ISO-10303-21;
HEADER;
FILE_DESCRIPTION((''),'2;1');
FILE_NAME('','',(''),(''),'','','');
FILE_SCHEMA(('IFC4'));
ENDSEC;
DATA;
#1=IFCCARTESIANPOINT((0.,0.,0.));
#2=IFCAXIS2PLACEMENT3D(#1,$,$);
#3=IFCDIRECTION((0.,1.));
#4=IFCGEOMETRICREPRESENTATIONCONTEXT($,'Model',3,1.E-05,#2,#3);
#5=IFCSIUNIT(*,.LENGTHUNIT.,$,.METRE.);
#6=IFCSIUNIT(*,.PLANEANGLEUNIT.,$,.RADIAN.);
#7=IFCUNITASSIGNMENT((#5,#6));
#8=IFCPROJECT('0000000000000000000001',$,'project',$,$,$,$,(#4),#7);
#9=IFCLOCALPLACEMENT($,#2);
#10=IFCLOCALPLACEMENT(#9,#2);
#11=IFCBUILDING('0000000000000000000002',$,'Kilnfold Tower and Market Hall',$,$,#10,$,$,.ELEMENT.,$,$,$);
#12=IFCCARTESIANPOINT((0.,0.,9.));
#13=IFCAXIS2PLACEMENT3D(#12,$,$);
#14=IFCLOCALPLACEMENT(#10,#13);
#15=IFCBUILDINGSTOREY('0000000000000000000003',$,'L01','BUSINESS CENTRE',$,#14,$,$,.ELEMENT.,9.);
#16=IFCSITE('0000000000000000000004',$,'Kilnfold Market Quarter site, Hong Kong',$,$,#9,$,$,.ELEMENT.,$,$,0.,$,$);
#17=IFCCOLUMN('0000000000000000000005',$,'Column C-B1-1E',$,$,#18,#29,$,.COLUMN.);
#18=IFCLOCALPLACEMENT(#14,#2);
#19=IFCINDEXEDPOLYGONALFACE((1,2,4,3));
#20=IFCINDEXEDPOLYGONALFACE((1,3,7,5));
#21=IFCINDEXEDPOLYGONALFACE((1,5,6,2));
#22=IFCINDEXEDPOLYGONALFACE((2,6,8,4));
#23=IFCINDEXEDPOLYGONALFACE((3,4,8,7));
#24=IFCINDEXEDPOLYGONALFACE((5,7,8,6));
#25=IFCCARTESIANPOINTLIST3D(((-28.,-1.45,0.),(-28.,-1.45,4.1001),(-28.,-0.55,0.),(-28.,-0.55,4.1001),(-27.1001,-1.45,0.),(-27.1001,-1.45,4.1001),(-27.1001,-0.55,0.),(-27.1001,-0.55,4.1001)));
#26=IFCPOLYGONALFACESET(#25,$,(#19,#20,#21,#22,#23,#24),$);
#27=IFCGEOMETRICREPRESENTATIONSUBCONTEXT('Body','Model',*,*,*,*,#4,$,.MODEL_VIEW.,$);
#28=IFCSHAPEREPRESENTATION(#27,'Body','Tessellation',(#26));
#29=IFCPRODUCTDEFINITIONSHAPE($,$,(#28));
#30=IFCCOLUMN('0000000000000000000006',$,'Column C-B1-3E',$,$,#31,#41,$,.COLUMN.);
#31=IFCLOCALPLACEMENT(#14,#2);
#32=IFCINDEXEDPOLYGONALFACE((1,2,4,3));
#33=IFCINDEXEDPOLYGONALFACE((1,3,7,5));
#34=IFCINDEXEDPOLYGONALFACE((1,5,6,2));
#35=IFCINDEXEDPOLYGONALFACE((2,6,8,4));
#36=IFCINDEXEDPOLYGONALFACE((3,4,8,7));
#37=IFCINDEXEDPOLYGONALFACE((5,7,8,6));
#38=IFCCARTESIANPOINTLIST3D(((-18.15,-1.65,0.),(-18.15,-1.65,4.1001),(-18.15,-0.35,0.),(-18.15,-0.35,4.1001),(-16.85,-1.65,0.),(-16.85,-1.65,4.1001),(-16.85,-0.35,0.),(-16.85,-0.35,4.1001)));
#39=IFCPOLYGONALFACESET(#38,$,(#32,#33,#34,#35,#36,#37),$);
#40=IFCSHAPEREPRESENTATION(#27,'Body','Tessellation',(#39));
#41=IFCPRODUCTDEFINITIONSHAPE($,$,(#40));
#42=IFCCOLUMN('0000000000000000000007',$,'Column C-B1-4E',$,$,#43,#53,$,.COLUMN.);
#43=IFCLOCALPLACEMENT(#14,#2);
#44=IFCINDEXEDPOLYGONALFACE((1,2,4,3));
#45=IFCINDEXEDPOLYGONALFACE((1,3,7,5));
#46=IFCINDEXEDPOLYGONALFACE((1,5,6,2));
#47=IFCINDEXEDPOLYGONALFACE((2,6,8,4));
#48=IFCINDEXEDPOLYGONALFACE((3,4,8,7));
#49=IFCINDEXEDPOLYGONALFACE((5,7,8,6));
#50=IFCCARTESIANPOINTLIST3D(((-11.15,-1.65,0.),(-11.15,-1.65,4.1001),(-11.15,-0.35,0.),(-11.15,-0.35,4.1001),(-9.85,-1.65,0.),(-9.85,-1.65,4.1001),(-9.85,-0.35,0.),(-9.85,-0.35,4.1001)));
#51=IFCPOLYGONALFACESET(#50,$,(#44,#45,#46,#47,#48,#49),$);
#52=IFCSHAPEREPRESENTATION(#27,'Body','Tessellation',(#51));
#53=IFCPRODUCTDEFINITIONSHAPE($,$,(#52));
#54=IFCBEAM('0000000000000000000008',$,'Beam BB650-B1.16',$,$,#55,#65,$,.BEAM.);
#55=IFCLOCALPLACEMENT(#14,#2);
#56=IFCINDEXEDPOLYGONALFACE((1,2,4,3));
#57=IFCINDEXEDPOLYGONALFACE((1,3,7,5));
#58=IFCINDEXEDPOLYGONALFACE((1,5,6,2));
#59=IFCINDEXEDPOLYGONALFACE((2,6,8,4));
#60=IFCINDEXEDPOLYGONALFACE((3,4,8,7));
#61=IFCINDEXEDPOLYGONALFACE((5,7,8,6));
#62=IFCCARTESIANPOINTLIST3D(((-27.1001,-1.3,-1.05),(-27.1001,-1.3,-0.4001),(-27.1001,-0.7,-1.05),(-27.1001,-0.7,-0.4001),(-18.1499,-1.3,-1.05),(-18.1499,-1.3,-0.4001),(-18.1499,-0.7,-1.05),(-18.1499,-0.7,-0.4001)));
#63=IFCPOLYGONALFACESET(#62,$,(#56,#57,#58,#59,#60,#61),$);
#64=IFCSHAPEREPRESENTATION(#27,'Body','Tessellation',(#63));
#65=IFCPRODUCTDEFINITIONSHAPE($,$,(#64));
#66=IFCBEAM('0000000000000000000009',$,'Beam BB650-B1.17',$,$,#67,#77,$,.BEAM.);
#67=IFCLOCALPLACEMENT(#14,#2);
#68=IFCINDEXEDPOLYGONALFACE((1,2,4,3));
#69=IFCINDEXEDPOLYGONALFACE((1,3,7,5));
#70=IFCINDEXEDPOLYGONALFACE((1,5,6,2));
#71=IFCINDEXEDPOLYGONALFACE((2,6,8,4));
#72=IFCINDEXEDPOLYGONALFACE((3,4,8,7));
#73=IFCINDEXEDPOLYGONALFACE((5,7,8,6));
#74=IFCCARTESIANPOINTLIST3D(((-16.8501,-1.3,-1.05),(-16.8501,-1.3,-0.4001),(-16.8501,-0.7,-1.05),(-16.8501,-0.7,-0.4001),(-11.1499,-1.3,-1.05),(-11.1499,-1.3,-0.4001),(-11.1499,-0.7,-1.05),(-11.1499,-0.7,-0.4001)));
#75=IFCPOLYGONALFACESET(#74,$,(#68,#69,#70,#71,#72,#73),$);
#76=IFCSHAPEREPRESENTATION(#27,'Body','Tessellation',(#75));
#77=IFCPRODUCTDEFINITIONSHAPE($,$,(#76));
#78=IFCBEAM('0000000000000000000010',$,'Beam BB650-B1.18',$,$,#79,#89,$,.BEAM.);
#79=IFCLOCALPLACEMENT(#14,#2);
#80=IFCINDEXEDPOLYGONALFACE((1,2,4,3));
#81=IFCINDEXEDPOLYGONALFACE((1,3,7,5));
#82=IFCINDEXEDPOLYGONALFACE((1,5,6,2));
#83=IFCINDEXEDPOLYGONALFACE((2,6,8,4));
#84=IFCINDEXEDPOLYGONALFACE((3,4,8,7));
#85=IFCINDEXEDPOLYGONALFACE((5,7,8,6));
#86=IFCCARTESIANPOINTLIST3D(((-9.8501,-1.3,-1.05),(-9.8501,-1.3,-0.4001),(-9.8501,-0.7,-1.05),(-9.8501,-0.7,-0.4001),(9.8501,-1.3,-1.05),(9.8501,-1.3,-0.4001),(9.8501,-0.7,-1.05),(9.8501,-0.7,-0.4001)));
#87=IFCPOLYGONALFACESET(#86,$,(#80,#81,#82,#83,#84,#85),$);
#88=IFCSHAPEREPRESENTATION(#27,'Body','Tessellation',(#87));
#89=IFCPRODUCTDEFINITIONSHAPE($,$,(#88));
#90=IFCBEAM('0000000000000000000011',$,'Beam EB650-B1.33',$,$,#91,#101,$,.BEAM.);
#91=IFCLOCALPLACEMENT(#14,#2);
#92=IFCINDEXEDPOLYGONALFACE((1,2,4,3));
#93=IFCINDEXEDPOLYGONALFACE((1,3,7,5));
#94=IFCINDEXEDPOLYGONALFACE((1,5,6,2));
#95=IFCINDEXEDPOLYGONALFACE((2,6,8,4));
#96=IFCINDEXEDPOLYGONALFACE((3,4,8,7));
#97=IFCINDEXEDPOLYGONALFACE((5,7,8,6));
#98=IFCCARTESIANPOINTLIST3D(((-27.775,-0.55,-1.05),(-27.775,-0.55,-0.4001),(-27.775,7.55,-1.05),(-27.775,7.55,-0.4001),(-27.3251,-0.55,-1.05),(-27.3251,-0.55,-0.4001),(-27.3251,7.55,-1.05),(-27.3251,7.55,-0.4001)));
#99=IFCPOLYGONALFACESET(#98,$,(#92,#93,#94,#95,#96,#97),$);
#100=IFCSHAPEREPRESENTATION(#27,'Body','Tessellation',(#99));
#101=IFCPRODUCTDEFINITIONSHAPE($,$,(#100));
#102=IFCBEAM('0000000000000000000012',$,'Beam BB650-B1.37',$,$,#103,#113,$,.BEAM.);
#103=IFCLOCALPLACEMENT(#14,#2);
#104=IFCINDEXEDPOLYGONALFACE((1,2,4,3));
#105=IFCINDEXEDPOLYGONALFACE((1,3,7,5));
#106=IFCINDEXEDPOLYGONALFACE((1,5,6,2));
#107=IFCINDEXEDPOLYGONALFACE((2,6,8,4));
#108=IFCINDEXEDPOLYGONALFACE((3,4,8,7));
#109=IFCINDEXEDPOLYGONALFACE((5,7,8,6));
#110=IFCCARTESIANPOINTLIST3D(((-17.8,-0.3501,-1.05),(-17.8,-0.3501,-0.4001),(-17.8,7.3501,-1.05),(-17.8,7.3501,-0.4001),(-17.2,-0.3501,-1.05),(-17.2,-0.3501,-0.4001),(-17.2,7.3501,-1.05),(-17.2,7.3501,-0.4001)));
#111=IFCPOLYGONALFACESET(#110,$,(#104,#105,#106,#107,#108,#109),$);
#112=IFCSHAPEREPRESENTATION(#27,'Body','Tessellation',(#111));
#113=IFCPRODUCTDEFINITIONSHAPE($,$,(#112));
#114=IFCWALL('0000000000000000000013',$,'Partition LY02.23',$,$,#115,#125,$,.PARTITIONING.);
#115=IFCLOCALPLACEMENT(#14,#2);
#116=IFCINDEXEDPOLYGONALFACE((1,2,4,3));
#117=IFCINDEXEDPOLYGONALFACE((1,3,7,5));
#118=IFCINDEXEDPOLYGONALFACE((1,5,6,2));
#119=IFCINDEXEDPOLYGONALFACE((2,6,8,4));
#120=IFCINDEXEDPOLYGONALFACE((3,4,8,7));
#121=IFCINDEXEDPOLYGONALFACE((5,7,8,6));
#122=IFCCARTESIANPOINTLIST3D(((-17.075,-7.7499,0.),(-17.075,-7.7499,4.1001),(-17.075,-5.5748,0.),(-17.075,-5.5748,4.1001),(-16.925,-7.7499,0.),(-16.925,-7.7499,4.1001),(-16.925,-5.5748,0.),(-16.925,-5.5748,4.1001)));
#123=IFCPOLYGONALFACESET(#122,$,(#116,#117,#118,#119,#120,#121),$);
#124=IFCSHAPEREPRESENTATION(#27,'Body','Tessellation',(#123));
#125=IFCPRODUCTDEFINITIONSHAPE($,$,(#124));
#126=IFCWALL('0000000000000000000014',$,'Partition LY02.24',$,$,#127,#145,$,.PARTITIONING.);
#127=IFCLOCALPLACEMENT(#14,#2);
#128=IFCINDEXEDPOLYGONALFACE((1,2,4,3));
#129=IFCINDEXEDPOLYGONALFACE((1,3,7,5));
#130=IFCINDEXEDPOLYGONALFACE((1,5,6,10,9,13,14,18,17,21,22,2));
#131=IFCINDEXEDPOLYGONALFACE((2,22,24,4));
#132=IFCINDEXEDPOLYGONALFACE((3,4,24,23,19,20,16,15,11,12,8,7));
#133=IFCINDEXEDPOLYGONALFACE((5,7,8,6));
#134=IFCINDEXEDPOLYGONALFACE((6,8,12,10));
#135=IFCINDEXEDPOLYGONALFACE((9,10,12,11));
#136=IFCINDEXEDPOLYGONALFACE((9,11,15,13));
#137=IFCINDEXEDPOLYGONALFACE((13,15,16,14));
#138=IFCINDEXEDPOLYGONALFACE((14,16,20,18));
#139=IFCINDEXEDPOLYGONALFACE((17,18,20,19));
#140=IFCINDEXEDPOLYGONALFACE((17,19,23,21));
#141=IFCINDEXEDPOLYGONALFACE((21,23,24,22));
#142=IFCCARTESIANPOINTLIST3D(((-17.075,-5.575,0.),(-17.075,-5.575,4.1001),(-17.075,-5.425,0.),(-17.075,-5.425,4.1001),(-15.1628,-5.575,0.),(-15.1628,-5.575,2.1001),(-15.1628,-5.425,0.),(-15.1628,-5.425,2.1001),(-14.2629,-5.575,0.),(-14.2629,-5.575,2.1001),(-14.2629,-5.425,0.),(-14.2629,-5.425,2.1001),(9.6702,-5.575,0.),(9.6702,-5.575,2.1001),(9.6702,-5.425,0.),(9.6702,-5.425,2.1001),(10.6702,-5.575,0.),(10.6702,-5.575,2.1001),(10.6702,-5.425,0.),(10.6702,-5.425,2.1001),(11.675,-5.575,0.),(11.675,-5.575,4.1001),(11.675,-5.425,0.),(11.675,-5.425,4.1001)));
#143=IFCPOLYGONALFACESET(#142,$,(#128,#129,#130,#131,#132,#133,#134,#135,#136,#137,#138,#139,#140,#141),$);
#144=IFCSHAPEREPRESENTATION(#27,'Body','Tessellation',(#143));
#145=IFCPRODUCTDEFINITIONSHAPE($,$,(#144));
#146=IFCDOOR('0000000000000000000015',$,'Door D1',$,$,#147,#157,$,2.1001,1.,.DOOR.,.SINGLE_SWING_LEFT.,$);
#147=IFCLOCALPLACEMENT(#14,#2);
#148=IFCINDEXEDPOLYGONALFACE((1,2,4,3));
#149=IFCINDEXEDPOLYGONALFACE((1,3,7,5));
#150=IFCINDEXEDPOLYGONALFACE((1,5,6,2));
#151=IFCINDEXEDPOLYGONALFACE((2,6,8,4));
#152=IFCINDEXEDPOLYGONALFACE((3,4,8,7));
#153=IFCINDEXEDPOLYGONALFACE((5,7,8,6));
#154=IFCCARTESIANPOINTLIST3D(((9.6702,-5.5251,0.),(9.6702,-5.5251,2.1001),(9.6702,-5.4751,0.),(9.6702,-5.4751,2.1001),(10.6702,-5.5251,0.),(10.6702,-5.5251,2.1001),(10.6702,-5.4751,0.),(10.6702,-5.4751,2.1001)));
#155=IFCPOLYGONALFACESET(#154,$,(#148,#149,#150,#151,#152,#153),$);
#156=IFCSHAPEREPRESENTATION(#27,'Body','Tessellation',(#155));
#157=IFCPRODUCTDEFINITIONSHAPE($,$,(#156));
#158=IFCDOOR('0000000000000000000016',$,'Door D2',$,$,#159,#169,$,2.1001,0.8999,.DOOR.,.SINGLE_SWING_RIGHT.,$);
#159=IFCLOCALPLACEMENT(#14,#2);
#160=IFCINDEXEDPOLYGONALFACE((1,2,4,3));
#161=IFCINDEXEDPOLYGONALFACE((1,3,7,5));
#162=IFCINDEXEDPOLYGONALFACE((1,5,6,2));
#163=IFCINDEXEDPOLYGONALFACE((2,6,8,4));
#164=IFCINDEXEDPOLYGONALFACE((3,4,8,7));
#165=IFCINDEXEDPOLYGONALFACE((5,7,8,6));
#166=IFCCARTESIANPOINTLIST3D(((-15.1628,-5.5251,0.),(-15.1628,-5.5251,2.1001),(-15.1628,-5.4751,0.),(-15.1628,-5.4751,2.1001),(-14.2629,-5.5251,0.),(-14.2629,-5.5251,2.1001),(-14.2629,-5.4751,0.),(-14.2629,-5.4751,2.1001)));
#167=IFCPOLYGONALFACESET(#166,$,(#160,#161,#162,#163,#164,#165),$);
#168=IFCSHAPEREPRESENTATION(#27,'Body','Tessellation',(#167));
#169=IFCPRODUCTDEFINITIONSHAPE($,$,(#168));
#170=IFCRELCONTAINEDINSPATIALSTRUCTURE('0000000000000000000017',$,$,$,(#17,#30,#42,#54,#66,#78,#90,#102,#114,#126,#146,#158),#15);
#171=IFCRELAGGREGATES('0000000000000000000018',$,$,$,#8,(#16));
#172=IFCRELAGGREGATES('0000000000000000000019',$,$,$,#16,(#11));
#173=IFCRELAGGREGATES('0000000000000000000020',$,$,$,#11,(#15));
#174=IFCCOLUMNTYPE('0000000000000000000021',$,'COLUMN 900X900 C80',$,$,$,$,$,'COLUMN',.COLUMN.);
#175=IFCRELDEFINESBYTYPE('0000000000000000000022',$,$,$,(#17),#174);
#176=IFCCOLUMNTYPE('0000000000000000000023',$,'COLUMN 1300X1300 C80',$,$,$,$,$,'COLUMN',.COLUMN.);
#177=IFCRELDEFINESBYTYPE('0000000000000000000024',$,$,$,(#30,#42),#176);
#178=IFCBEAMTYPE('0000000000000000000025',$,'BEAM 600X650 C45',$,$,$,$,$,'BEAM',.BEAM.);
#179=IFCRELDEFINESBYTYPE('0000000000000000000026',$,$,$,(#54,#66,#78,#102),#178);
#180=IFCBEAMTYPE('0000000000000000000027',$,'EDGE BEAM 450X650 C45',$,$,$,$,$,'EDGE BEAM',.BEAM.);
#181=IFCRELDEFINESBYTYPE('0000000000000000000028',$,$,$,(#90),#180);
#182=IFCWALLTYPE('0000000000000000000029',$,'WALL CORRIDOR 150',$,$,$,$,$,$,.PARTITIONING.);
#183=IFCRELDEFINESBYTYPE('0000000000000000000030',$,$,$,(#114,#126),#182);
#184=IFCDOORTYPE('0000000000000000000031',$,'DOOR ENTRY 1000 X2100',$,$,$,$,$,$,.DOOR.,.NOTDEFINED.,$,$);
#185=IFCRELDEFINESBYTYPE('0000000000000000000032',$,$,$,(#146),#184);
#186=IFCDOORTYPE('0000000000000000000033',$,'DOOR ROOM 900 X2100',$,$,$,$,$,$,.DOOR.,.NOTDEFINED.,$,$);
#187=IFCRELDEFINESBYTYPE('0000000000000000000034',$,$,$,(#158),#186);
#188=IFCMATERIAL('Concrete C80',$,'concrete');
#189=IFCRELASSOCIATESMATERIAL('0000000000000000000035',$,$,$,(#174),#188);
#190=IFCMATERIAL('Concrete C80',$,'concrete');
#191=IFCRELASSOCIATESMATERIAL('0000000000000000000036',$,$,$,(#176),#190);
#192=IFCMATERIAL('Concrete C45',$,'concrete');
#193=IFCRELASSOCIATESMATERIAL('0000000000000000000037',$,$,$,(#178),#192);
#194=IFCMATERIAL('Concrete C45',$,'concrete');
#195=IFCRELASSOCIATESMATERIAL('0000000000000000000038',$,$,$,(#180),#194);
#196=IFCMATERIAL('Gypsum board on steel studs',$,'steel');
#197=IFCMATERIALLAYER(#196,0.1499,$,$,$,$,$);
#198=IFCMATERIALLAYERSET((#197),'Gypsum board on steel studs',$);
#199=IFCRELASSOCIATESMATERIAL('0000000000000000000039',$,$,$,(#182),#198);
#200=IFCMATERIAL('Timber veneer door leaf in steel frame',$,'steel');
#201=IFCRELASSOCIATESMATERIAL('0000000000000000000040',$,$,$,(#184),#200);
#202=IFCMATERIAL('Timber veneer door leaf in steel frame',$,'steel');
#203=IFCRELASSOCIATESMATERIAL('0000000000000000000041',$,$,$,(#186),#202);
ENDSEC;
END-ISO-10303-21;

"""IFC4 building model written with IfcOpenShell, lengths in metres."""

from ifc_helpers import new_model, si_unit, direction, frame, frame_2d, origin, origin_2d, place, context, subcontext, project, spatial, rectangle, extrude, source, transform, mapped, material, layer, layer_set, material_profile, profile_set, type_object, element, fill, save


model = new_model("IFC4")

# Units and contexts
model_context = context("Model", 3, precision=1e-05, world=origin(), true_north=direction((0.0, 1.0)))
body_context = subcontext(model_context, "Body", "Model", "MODEL_VIEW")
ifc_project = project(units=[si_unit("LENGTHUNIT", "METRE"), si_unit("PLANEANGLEUNIT", "RADIAN")], contexts=[model_context])

# Site, building, storey
site_placement = place(None, origin())
site = spatial("IfcSite", under=ifc_project, at=site_placement, Name="Kilnfold Market Quarter site, Hong Kong", CompositionType="ELEMENT", RefElevation=0.0)
building_placement = place(site_placement, origin())
building = spatial("IfcBuilding", under=site, at=building_placement, Name="Kilnfold Tower and Market Hall", CompositionType="ELEMENT")
storey_placement = place(building_placement, frame((0.0, 0.0, 9.0)))
storey = spatial("IfcBuildingStorey", under=building, at=storey_placement, Name="L01", Description="BUSINESS CENTRE", CompositionType="ELEMENT", Elevation=9.0)

# Columns
ifc_material_1 = material(Name="Concrete C80", Category="concrete")
ifc_material_profile_1 = material_profile(ifc_material_1, rectangle(XDim=0.8999, YDim=0.8999, at=origin_2d()), Name="RC 900x900")
ifc_profile_set_1 = profile_set([ifc_material_profile_1], Name="Concrete C80")
column_type_1 = type_object("IfcColumnType", Name="COLUMN 900X900 C80", ElementType="COLUMN", PredefinedType="COLUMN", material=ifc_profile_set_1)
shared_shape_1 = source(origin(), body_context, "Body", "SweptSolid", [
    extrude(rectangle(XDim=0.8999, YDim=0.8999, at=origin_2d()), origin(), (0.0, 0.0, 1.0), 4.1001),
])
column_placement = place(storey_placement, frame((-27.55, -1.0, 0.0), z_axis=(0.0, 0.0, 1.0), x_axis=(1.0, 0.0, 0.0)))
element("IfcColumn", 1, at=column_placement, inside=storey, type_object=column_type_1, Name="Column C-B1-1E", PredefinedType="COLUMN", context=body_context, shape_type="MappedRepresentation", body=[
    mapped(shared_shape_1, transform((0.0, 0.0, 0.0))),
])
ifc_material_2 = material(Name="Concrete C80", Category="concrete")
ifc_material_profile_2 = material_profile(ifc_material_2, rectangle(XDim=1.3, YDim=1.3, at=origin_2d()), Name="RC 1300x1300")
ifc_profile_set_2 = profile_set([ifc_material_profile_2], Name="Concrete C80")
column_type_2 = type_object("IfcColumnType", Name="COLUMN 1300X1300 C80", ElementType="COLUMN", PredefinedType="COLUMN", material=ifc_profile_set_2)
shared_shape_2 = source(origin(), body_context, "Body", "SweptSolid", [
    extrude(rectangle(XDim=1.3, YDim=1.3, at=origin_2d()), origin(), (0.0, 0.0, 1.0), 4.1001),
])
for number, where, z_axis, x_axis, name in (
    (2, (-17.5, -1.0, 0.0), (0.0, 0.0, 1.0), (1.0, 0.0, 0.0), "Column C-B1-3E"),
    (3, (-10.5, -1.0, 0.0), (0.0, 0.0, 1.0), (1.0, 0.0, 0.0), "Column C-B1-4E"),
):
    element("IfcColumn", number, at=place(storey_placement, frame(where, z_axis=z_axis, x_axis=x_axis)), inside=storey, type_object=column_type_2, Name=name, PredefinedType="COLUMN", context=body_context, shape_type="MappedRepresentation", body=[
        mapped(shared_shape_2, transform((0.0, 0.0, 0.0))),
    ])

# Beams
ifc_material_3 = material(Name="Concrete C45", Category="concrete")
ifc_material_profile_3 = material_profile(ifc_material_3, rectangle(XDim=0.6001, YDim=0.6499, at=origin_2d()), Name="RC 600x650")
ifc_profile_set_3 = profile_set([ifc_material_profile_3], Name="Concrete C45")
beam_type_1 = type_object("IfcBeamType", Name="BEAM 600X650 C45", ElementType="BEAM", PredefinedType="BEAM", material=ifc_profile_set_3)
shared_shape_3 = source(origin(), body_context, "Body", "SweptSolid", [
    extrude(rectangle(XDim=0.6001, YDim=0.6499, at=origin_2d()), origin(), (0.0, 0.0, 1.0), 8.9502),
])
beam_1_placement = place(storey_placement, frame((-27.1001, -1.0, -0.7251), z_axis=(1.0, 0.0, 0.0), x_axis=(0.0, 1.0, 0.0)))
element("IfcBeam", 4, at=beam_1_placement, inside=storey, type_object=beam_type_1, Name="Beam BB650-B1.16", PredefinedType="BEAM", context=body_context, shape_type="MappedRepresentation", body=[
    mapped(shared_shape_3, transform((0.0, 0.0, 0.0))),
])
shared_shape_4 = source(origin(), body_context, "Body", "SweptSolid", [
    extrude(rectangle(XDim=0.6001, YDim=0.6499, at=origin_2d()), origin(), (0.0, 0.0, 1.0), 5.7002),
])
beam_2_placement = place(storey_placement, frame((-16.8501, -1.0, -0.7251), z_axis=(1.0, 0.0, 0.0), x_axis=(0.0, 1.0, 0.0)))
element("IfcBeam", 5, at=beam_2_placement, inside=storey, type_object=beam_type_1, Name="Beam BB650-B1.17", PredefinedType="BEAM", context=body_context, shape_type="MappedRepresentation", body=[
    mapped(shared_shape_4, transform((0.0, 0.0, 0.0))),
])
shared_shape_5 = source(origin(), body_context, "Body", "SweptSolid", [
    extrude(rectangle(XDim=0.6001, YDim=0.6499, at=origin_2d()), origin(), (0.0, 0.0, 1.0), 19.7002),
])
beam_3_placement = place(storey_placement, frame((-9.8501, -1.0, -0.7251), z_axis=(1.0, 0.0, 0.0), x_axis=(0.0, 1.0, 0.0)))
element("IfcBeam", 6, at=beam_3_placement, inside=storey, type_object=beam_type_1, Name="Beam BB650-B1.18", PredefinedType="BEAM", context=body_context, shape_type="MappedRepresentation", body=[
    mapped(shared_shape_5, transform((0.0, 0.0, 0.0))),
])
ifc_material_4 = material(Name="Concrete C45", Category="concrete")
ifc_material_profile_4 = material_profile(ifc_material_4, rectangle(XDim=0.45, YDim=0.6499, at=origin_2d()), Name="RC 450x650")
ifc_profile_set_4 = profile_set([ifc_material_profile_4], Name="Concrete C45")
beam_type_2 = type_object("IfcBeamType", Name="EDGE BEAM 450X650 C45", ElementType="EDGE BEAM", PredefinedType="BEAM", material=ifc_profile_set_4)
shared_shape_6 = source(origin(), body_context, "Body", "SweptSolid", [
    extrude(rectangle(XDim=0.45, YDim=0.6499, at=origin_2d()), origin(), (0.0, 0.0, 1.0), 8.1001),
])
beam_4_placement = place(storey_placement, frame((-27.55, -0.55, -0.7251), z_axis=(0.0, 1.0, 0.0), x_axis=(-1.0, 0.0, 0.0)))
element("IfcBeam", 7, at=beam_4_placement, inside=storey, type_object=beam_type_2, Name="Beam EB650-B1.33", PredefinedType="BEAM", context=body_context, shape_type="MappedRepresentation", body=[
    mapped(shared_shape_6, transform((0.0, 0.0, 0.0))),
])
shared_shape_7 = source(origin(), body_context, "Body", "SweptSolid", [
    extrude(rectangle(XDim=0.6001, YDim=0.6499, at=origin_2d()), origin(), (0.0, 0.0, 1.0), 7.7002),
])
beam_5_placement = place(storey_placement, frame((-17.5, -0.3501, -0.7251), z_axis=(0.0, 1.0, 0.0), x_axis=(-1.0, 0.0, 0.0)))
element("IfcBeam", 8, at=beam_5_placement, inside=storey, type_object=beam_type_1, Name="Beam BB650-B1.37", PredefinedType="BEAM", context=body_context, shape_type="MappedRepresentation", body=[
    mapped(shared_shape_7, transform((0.0, 0.0, 0.0))),
])

# Wall
ifc_material_5 = material(Name="Gypsum board on steel studs", Category="steel")
ifc_layer_1 = layer(ifc_material_5, 0.1499)
ifc_layer_set_1 = layer_set([ifc_layer_1], Name="Gypsum board on steel studs")
wall_type_1 = type_object("IfcWallType", Name="WALL CORRIDOR 150", PredefinedType="PARTITIONING", material=ifc_layer_set_1)
wall_1_placement = place(storey_placement, frame((-17.0, -5.575, 0.0), z_axis=(0.0, 0.0, 1.0), x_axis=(0.0, -1.0, 0.0)))
element("IfcWall", 9, at=wall_1_placement, inside=storey, type_object=wall_type_1, Name="Partition LY02.23", PredefinedType="PARTITIONING", context=body_context, shape_type="SweptSolid", body=[
    extrude(rectangle(XDim=2.175, YDim=0.1499, at=frame_2d((1.0874, 0.0))), origin(), (0.0, 0.0, 1.0), 4.1001),
])

# Wall, openings, doors
wall_2_placement = place(storey_placement, frame((-17.075, -5.5, 0.0), z_axis=(0.0, 0.0, 1.0), x_axis=(1.0, 0.0, 0.0)))
wall_2 = element("IfcWall", 10, at=wall_2_placement, inside=storey, type_object=wall_type_1, Name="Partition LY02.24", PredefinedType="PARTITIONING", context=body_context, shape_type="SweptSolid", body=[
    extrude(rectangle(XDim=28.75, YDim=0.1499, at=frame_2d((14.375, 0.0))), origin(), (0.0, 0.0, 1.0), 4.1001),
])
opening_1_placement = place(wall_2_placement, frame((1.9121, 0.0, 0.0)))
opening_1 = element("IfcOpeningElement", 11, at=opening_1_placement, cuts=wall_2, PredefinedType="OPENING", context=body_context, shape_type="SweptSolid", body=[
    extrude(rectangle(XDim=0.8999, YDim=2.1001, at=frame_2d((0.45, 1.05))), frame((0.0, 0.085, 0.0), z_axis=(0.0, -1.0, 0.0), x_axis=(1.0, 0.0, 0.0)), (0.0, 0.0, 1.0), 0.1699),
])
opening_2_placement = place(wall_2_placement, frame((26.7451, 0.0, 0.0)))
opening_2 = element("IfcOpeningElement", 12, at=opening_2_placement, cuts=wall_2, PredefinedType="OPENING", context=body_context, shape_type="SweptSolid", body=[
    extrude(rectangle(XDim=1.0, YDim=2.1001, at=frame_2d((0.5, 1.05))), frame((0.0, 0.085, 0.0), z_axis=(0.0, -1.0, 0.0), x_axis=(1.0, 0.0, 0.0)), (0.0, 0.0, 1.0), 0.1699),
])
ifc_material_6 = material(Name="Timber veneer door leaf in steel frame", Category="steel")
door_type_1 = type_object("IfcDoorType", Name="DOOR ENTRY 1000 X2100", OperationType="NOTDEFINED", PredefinedType="DOOR", material=ifc_material_6)
door_1_placement = place(opening_2_placement, origin())
door_1 = element("IfcDoor", 13, at=door_1_placement, inside=storey, type_object=door_type_1, Name="Door D1", OperationType="SINGLE_SWING_LEFT", OverallHeight=2.1001, OverallWidth=1.0, PredefinedType="DOOR", context=body_context, shape_type="SweptSolid", body=[
    extrude(rectangle(XDim=1.0, YDim=2.1001, at=frame_2d((0.5, 1.05))), frame((0.0, 0.0249, 0.0), z_axis=(0.0, -1.0, 0.0), x_axis=(1.0, 0.0, 0.0)), (0.0, 0.0, 1.0), 0.05),
])
fill(opening_2, door_1)
ifc_material_7 = material(Name="Timber veneer door leaf in steel frame", Category="steel")
door_type_2 = type_object("IfcDoorType", Name="DOOR ROOM 900 X2100", OperationType="NOTDEFINED", PredefinedType="DOOR", material=ifc_material_7)
door_2_placement = place(opening_1_placement, origin())
door_2 = element("IfcDoor", 14, at=door_2_placement, inside=storey, type_object=door_type_2, Name="Door D2", OperationType="SINGLE_SWING_RIGHT", OverallHeight=2.1001, OverallWidth=0.8999, PredefinedType="DOOR", context=body_context, shape_type="SweptSolid", body=[
    extrude(rectangle(XDim=0.8999, YDim=2.1001, at=frame_2d((0.45, 1.05))), frame((0.0, 0.0249, 0.0), z_axis=(0.0, -1.0, 0.0), x_axis=(1.0, 0.0, 0.0)), (0.0, 0.0, 1.0), 0.05),
])
fill(opening_1, door_2)

save(model, "model.ifc")
